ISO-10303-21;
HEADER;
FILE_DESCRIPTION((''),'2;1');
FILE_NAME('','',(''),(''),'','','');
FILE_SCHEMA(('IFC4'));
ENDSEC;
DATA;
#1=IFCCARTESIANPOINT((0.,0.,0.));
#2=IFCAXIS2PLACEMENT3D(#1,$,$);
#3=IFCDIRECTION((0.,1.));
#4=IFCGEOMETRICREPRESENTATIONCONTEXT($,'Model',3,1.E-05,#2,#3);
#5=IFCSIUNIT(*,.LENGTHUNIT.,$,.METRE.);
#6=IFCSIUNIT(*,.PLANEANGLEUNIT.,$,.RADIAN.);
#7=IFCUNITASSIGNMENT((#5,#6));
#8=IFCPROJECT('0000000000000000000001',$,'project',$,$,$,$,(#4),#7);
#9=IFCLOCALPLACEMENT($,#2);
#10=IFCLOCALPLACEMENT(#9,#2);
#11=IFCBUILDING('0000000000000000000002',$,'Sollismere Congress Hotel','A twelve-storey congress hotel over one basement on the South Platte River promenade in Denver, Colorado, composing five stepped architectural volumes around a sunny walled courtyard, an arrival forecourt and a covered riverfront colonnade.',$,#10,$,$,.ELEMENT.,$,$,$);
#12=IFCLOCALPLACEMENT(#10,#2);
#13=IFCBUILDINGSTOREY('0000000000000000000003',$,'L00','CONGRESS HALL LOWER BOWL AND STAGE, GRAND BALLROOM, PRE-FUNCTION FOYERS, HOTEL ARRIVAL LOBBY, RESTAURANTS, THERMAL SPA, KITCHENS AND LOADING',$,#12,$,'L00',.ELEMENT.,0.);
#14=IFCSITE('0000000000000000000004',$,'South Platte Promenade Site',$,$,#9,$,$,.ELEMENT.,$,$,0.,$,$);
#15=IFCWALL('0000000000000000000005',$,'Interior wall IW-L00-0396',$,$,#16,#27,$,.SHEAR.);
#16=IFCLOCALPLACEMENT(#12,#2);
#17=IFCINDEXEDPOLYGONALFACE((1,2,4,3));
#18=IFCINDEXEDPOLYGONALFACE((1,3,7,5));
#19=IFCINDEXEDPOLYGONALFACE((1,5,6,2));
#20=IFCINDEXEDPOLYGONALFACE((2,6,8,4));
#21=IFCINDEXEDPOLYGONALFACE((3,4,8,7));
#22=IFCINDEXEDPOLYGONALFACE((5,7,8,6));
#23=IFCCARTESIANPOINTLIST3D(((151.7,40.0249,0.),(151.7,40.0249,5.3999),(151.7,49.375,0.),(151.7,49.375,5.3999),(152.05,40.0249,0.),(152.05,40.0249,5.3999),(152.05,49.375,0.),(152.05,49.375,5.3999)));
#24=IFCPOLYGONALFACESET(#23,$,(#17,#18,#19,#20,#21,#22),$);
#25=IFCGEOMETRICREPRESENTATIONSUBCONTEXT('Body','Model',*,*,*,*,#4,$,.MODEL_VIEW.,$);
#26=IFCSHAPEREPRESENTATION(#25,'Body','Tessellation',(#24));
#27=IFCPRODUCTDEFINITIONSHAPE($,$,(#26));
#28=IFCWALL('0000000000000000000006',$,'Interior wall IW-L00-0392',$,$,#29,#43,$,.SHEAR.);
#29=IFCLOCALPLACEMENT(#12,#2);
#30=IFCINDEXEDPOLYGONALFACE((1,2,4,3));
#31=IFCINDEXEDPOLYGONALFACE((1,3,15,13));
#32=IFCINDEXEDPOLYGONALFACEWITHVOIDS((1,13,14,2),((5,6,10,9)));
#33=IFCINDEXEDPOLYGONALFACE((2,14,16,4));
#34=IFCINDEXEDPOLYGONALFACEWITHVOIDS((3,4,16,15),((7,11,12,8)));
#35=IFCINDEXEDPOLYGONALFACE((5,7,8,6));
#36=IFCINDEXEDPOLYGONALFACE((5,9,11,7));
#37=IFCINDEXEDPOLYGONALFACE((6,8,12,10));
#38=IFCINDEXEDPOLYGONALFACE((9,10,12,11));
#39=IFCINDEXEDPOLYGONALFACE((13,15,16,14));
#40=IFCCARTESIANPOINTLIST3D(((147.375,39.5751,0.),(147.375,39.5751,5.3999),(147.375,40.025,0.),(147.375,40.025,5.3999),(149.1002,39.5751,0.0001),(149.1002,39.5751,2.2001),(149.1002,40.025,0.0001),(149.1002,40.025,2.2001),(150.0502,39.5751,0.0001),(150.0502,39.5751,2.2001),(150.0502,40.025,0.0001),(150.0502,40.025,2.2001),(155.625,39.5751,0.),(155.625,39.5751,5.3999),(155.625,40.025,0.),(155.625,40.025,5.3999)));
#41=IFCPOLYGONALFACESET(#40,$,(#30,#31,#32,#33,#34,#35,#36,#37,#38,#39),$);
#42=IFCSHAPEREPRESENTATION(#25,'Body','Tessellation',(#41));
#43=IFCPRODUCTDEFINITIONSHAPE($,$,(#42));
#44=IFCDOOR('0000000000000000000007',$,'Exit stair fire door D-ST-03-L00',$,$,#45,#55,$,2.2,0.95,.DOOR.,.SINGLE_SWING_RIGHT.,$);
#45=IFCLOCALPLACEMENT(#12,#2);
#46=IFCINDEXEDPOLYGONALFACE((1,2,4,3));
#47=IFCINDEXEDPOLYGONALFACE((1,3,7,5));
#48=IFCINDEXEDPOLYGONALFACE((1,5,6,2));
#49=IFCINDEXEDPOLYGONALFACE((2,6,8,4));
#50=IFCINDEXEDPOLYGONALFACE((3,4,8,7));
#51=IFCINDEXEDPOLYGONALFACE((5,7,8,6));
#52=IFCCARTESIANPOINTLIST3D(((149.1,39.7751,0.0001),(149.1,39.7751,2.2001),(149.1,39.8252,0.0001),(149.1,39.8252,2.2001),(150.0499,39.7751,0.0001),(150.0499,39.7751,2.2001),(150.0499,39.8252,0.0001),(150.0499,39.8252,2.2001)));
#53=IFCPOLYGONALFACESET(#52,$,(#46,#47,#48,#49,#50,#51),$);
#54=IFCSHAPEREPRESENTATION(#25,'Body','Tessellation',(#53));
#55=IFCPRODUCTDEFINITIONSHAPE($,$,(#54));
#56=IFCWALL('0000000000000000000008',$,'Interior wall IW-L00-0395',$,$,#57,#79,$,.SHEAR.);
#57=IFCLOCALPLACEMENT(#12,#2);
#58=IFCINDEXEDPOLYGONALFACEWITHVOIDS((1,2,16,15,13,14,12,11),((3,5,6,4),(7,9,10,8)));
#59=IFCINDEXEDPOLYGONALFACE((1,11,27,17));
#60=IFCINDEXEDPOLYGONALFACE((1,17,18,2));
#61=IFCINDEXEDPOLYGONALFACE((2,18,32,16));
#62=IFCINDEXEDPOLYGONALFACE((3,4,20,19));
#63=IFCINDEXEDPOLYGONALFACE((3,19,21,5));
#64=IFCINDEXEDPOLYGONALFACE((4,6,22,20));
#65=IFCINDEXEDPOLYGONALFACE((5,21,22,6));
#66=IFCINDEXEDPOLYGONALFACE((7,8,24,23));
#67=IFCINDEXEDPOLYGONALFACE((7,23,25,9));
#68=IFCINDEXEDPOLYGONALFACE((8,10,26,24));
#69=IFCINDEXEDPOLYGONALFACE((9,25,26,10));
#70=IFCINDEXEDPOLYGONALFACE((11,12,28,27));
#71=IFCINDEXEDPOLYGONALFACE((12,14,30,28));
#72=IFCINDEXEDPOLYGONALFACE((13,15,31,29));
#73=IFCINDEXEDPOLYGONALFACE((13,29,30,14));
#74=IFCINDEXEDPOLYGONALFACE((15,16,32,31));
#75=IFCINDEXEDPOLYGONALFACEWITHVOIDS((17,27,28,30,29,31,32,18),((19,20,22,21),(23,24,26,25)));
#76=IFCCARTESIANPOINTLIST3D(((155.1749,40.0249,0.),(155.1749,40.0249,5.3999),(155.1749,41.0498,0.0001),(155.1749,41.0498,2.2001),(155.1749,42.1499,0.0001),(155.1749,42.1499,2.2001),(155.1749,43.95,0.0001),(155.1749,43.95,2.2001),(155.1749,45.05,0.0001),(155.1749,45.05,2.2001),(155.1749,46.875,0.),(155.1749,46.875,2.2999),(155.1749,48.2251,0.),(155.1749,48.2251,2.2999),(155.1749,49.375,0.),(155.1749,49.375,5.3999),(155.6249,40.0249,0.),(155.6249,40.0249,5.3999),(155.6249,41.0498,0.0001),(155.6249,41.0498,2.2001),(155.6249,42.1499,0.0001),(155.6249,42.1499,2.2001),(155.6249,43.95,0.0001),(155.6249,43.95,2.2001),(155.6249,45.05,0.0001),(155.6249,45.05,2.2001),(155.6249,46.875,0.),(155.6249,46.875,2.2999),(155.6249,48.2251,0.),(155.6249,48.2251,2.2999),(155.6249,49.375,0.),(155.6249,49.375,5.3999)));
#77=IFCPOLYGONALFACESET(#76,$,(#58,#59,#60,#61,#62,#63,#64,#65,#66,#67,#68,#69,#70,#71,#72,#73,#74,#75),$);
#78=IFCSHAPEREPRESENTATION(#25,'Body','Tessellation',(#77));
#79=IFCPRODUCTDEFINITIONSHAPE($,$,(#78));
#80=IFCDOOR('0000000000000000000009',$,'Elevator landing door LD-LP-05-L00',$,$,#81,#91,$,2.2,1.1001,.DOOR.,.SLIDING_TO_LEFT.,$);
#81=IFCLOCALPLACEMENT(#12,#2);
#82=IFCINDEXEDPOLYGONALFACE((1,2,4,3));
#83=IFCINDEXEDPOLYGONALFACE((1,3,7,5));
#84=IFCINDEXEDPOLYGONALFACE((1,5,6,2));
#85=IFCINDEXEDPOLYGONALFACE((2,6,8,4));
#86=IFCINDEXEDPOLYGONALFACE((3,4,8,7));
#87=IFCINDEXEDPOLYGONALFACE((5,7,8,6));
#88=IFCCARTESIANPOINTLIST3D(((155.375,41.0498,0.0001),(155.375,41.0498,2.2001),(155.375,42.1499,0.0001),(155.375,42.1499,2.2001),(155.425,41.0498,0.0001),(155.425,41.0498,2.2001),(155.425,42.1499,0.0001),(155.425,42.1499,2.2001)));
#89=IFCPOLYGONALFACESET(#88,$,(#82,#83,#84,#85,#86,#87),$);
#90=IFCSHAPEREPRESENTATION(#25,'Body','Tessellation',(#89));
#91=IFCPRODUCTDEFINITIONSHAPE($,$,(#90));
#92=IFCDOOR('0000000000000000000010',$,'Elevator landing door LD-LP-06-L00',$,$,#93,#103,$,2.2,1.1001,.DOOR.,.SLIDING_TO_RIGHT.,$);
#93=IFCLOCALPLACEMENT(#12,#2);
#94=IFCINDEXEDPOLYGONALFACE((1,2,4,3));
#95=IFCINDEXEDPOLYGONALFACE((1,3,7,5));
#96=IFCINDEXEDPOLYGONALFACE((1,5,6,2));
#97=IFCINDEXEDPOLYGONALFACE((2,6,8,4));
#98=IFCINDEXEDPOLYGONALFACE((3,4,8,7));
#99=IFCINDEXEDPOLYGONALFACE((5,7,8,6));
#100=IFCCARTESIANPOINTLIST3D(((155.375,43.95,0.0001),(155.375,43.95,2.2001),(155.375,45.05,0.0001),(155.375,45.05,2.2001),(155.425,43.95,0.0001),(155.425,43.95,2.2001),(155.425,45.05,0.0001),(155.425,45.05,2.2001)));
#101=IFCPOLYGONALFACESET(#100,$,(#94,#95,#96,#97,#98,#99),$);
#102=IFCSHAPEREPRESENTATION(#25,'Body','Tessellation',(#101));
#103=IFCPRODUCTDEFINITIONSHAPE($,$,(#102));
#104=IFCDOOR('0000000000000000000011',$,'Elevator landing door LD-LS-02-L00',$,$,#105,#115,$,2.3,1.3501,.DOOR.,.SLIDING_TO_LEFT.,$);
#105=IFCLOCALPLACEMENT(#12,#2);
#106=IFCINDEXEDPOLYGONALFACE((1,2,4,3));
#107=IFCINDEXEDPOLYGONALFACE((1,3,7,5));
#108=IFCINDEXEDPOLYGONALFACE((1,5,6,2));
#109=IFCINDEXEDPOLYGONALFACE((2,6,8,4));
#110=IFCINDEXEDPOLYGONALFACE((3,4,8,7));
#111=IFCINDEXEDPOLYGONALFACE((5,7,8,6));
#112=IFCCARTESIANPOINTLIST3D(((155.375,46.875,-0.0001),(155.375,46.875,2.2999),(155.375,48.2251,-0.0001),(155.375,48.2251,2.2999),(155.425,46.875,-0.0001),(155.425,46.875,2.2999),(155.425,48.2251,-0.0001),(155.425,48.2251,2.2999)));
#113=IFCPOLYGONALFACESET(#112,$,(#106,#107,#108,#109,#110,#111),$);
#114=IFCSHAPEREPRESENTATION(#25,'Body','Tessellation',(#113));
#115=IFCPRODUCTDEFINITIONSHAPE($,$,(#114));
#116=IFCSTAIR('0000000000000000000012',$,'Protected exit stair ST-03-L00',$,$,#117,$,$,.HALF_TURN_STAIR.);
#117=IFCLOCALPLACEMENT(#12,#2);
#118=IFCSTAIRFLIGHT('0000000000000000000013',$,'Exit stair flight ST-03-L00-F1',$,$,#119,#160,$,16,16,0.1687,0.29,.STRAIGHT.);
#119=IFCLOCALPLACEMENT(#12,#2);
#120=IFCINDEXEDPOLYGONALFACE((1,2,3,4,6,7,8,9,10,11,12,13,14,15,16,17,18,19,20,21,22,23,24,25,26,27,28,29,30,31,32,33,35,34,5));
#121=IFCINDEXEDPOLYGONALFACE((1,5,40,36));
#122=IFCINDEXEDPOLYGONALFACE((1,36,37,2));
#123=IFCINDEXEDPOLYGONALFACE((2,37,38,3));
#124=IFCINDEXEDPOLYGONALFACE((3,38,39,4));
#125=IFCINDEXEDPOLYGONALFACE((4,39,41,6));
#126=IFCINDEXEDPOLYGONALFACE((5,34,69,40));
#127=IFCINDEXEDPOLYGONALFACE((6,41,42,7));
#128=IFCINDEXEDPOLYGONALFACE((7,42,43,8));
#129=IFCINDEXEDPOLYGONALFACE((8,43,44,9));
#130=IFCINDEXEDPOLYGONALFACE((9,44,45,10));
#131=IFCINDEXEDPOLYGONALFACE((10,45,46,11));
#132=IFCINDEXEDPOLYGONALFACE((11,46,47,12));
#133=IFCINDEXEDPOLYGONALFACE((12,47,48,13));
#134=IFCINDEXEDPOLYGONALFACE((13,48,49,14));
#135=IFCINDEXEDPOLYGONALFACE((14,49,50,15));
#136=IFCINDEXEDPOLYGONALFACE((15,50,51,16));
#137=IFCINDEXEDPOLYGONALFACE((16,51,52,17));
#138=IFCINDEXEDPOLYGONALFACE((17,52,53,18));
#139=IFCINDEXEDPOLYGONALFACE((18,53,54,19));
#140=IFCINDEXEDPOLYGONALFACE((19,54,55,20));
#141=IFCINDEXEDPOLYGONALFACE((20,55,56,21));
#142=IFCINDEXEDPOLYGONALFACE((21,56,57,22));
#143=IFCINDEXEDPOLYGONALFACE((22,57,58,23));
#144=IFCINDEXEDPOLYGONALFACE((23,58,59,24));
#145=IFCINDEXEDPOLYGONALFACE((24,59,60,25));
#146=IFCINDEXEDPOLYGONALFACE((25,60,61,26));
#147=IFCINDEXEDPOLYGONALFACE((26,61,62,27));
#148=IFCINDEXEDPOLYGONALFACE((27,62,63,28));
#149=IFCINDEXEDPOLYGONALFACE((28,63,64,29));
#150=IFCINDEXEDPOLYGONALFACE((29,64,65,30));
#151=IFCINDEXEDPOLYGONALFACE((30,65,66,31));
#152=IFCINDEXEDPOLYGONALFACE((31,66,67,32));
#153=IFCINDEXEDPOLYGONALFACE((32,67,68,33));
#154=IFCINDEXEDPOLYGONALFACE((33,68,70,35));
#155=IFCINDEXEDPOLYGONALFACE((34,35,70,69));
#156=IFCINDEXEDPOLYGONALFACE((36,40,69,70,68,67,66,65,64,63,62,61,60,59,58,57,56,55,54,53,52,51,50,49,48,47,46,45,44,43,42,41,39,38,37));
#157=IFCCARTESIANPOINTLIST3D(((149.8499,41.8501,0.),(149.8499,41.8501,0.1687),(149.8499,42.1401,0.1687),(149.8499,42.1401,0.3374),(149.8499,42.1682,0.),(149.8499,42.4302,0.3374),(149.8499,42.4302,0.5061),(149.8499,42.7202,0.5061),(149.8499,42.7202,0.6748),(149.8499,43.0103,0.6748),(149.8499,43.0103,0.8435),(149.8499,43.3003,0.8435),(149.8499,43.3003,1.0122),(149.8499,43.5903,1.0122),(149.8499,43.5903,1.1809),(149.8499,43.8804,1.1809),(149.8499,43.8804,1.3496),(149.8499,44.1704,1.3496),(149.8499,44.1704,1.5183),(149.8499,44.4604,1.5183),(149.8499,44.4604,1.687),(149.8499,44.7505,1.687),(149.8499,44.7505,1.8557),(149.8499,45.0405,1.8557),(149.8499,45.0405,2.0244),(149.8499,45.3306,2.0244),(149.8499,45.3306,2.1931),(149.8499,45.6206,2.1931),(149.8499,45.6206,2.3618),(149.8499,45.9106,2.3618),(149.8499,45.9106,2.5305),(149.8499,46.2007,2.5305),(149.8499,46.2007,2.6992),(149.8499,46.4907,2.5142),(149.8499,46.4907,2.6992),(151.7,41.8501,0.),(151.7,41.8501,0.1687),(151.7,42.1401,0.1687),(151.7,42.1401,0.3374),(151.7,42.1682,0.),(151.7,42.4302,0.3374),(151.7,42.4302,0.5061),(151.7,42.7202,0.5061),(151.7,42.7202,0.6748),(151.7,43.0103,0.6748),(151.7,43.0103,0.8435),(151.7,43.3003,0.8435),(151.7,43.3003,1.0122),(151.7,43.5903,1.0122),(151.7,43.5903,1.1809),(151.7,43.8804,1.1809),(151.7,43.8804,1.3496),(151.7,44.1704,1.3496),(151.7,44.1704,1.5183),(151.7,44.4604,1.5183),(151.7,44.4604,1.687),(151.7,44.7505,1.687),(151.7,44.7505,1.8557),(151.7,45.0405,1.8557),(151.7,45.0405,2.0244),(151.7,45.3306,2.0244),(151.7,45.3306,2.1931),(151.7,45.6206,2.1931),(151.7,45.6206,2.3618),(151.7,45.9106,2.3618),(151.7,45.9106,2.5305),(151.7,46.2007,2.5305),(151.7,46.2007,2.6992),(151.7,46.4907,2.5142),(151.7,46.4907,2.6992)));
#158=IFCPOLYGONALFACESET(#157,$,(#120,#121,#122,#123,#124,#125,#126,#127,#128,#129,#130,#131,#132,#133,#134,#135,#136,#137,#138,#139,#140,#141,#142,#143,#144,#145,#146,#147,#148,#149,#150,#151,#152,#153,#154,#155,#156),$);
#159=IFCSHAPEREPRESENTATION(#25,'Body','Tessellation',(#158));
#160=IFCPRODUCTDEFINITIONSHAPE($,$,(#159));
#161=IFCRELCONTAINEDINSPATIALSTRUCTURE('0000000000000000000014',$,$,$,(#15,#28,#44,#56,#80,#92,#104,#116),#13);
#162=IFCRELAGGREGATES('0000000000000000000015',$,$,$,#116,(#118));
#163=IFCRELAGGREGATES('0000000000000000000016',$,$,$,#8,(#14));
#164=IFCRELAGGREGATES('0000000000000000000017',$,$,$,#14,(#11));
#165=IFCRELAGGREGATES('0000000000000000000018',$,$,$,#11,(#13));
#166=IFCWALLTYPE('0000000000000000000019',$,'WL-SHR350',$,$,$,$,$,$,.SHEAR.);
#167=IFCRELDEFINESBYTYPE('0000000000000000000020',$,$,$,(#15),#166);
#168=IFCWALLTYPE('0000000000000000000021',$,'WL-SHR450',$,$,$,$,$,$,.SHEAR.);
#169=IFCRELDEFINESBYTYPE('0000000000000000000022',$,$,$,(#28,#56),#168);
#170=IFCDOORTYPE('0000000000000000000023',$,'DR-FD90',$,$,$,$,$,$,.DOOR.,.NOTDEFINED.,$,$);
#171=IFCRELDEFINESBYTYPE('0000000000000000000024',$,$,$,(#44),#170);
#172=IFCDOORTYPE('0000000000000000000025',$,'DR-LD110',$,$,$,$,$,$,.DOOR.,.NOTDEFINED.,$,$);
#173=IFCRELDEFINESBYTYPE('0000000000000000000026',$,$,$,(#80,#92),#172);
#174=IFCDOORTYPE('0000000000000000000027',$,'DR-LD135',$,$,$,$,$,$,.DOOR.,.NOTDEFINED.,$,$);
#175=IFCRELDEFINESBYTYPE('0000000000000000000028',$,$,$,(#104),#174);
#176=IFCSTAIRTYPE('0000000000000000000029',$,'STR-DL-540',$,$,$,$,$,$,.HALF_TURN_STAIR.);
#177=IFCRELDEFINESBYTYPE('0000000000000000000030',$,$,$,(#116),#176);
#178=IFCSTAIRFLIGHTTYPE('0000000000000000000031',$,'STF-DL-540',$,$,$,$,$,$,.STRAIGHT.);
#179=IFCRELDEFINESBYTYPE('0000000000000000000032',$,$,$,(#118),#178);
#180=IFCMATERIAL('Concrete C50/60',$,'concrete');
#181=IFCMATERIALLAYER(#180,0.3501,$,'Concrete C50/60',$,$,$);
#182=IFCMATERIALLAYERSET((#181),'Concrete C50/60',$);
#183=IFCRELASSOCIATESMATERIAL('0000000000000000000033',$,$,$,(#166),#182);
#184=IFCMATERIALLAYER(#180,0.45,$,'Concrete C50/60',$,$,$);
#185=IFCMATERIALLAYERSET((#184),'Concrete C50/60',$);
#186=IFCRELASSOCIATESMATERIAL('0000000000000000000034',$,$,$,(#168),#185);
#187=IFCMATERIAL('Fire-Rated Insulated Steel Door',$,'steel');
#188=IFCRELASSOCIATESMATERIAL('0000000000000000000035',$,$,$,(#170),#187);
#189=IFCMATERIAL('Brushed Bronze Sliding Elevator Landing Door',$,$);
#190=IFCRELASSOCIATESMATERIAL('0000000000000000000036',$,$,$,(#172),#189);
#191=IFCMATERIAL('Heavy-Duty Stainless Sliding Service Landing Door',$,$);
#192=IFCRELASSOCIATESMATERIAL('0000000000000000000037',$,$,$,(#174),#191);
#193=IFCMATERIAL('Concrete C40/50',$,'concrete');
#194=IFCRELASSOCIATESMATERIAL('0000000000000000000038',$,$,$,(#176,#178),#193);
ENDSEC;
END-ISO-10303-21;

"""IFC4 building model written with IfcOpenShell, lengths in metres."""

from ifc_helpers import new_model, si_unit, direction, frame, frame_2d, origin, place, context, subcontext, project, spatial, polyline, rectangle, outline, extrude, material, layer, layer_set, type_object, element, fill, aggregate, save


model = new_model("IFC4")

# Units and contexts
model_context = context("Model", 3, precision=1e-05, world=origin(), true_north=direction((0.0, 1.0)))
body_context = subcontext(model_context, "Body", "Model", "MODEL_VIEW")
ifc_project = project(units=[si_unit("LENGTHUNIT", "METRE"), si_unit("PLANEANGLEUNIT", "RADIAN")], contexts=[model_context])

# Site, building, storey
site_placement = place(None, origin())
site = spatial("IfcSite", under=ifc_project, at=site_placement, Name="South Platte Promenade Site", CompositionType="ELEMENT", RefElevation=0.0)
building_placement = place(site_placement, origin())
building = spatial("IfcBuilding", under=site, at=building_placement, Name="Sollismere Congress Hotel", Description="A twelve-storey congress hotel over one basement on the South Platte River promenade in Denver, Colorado, composing five stepped architectural volumes around a sunny walled courtyard, an arrival forecourt and a covered riverfront colonnade.", CompositionType="ELEMENT")
storey_placement = place(building_placement, origin())
storey = spatial("IfcBuildingStorey", under=building, at=storey_placement, Name="L00", Description="CONGRESS HALL LOWER BOWL AND STAGE, GRAND BALLROOM, PRE-FUNCTION FOYERS, HOTEL ARRIVAL LOBBY, RESTAURANTS, THERMAL SPA, KITCHENS AND LOADING", LongName="L00", CompositionType="ELEMENT", Elevation=0.0)

# Wall
ifc_material_1 = material(Name="Concrete C50/60", Category="concrete")
ifc_layer_1 = layer(ifc_material_1, 0.3501, Name="Concrete C50/60")
ifc_layer_set_1 = layer_set([ifc_layer_1], Name="Concrete C50/60")
wall_type_1 = type_object("IfcWallType", Name="WL-SHR350", PredefinedType="SHEAR", material=ifc_layer_set_1)
wall_1_placement = place(storey_placement, frame((151.875, 40.0249, 0.0), z_axis=(0.0, 0.0, 1.0), x_axis=(0.0, 1.0, 0.0)))
element("IfcWall", 1, at=wall_1_placement, inside=storey, type_object=wall_type_1, Name="Interior wall IW-L00-0396", PredefinedType="SHEAR", context=body_context, shape_type="SweptSolid", body=[
    extrude(rectangle(XDim=9.3501, YDim=0.3501, at=frame_2d((4.675, 0.0))), origin(), (0.0, 0.0, 1.0), 5.3999),
])

# Wall, opening, door
ifc_layer_2 = layer(ifc_material_1, 0.45, Name="Concrete C50/60")
ifc_layer_set_2 = layer_set([ifc_layer_2], Name="Concrete C50/60")
wall_type_2 = type_object("IfcWallType", Name="WL-SHR450", PredefinedType="SHEAR", material=ifc_layer_set_2)
wall_2_placement = place(storey_placement, frame((147.375, 39.8, 0.0), z_axis=(0.0, 0.0, 1.0), x_axis=(1.0, 0.0, 0.0)))
wall_2 = element("IfcWall", 2, at=wall_2_placement, inside=storey, type_object=wall_type_2, Name="Interior wall IW-L00-0392", PredefinedType="SHEAR", context=body_context, shape_type="SweptSolid", body=[
    extrude(rectangle(XDim=8.25, YDim=0.45, at=frame_2d((4.125, 0.0))), origin(), (0.0, 0.0, 1.0), 5.3999),
])
opening_1_placement = place(wall_2_placement, frame((1.7251, 0.0, 0.0)))
opening_1 = element("IfcOpeningElement", 3, at=opening_1_placement, cuts=wall_2, PredefinedType="OPENING", context=body_context, shape_type="SweptSolid", body=[
    extrude(rectangle(XDim=0.95, YDim=2.2, at=frame_2d((0.4751, 1.1001))), frame((0.0, 0.2349, 0.0), z_axis=(0.0, -1.0, 0.0), x_axis=(1.0, 0.0, 0.0)), (0.0, 0.0, 1.0), 0.47),
])
ifc_material_2 = material(Name="Fire-Rated Insulated Steel Door", Category="steel")
door_type_1 = type_object("IfcDoorType", Name="DR-FD90", OperationType="NOTDEFINED", PredefinedType="DOOR", material=ifc_material_2)
door_1_placement = place(opening_1_placement, frame((0.95, 0.0, 0.0), z_axis=(0.0, 0.0, 1.0), x_axis=(-1.0, 0.0, 0.0)))
door_1 = element("IfcDoor", 4, at=door_1_placement, inside=storey, type_object=door_type_1, Name="Exit stair fire door D-ST-03-L00", OperationType="SINGLE_SWING_RIGHT", OverallHeight=2.2, OverallWidth=0.95, PredefinedType="DOOR", context=body_context, shape_type="SweptSolid", body=[
    extrude(rectangle(XDim=0.95, YDim=2.2, at=frame_2d((0.4751, 1.1001))), frame((0.0, 0.0249, 0.0), z_axis=(0.0, -1.0, 0.0), x_axis=(1.0, 0.0, 0.0)), (0.0, 0.0, 1.0), 0.05),
])
fill(opening_1, door_1)

# Wall, openings, doors
wall_3_placement = place(storey_placement, frame((155.3999, 40.0249, 0.0), z_axis=(0.0, 0.0, 1.0), x_axis=(0.0, 1.0, 0.0)))
wall_3 = element("IfcWall", 5, at=wall_3_placement, inside=storey, type_object=wall_type_2, Name="Interior wall IW-L00-0395", PredefinedType="SHEAR", context=body_context, shape_type="SweptSolid", body=[
    extrude(rectangle(XDim=9.3501, YDim=0.45, at=frame_2d((4.675, 0.0))), origin(), (0.0, 0.0, 1.0), 5.3999),
])
opening_2_placement = place(wall_3_placement, frame((1.0249, 0.0, 0.0)))
opening_2 = element("IfcOpeningElement", 6, at=opening_2_placement, cuts=wall_3, PredefinedType="OPENING", context=body_context, shape_type="SweptSolid", body=[
    extrude(rectangle(XDim=1.1001, YDim=2.2, at=frame_2d((0.55, 1.1001))), frame((0.0, 0.2349, 0.0), z_axis=(0.0, -1.0, 0.0), x_axis=(1.0, 0.0, 0.0)), (0.0, 0.0, 1.0), 0.47),
])
opening_3_placement = place(wall_3_placement, frame((3.925, 0.0, 0.0)))
opening_3 = element("IfcOpeningElement", 7, at=opening_3_placement, cuts=wall_3, PredefinedType="OPENING", context=body_context, shape_type="SweptSolid", body=[
    extrude(rectangle(XDim=1.1001, YDim=2.2, at=frame_2d((0.55, 1.1001))), frame((0.0, 0.2349, 0.0), z_axis=(0.0, -1.0, 0.0), x_axis=(1.0, 0.0, 0.0)), (0.0, 0.0, 1.0), 0.47),
])
opening_4_placement = place(wall_3_placement, frame((6.8501, 0.0, 0.0)))
opening_4 = element("IfcOpeningElement", 8, at=opening_4_placement, cuts=wall_3, PredefinedType="OPENING", context=body_context, shape_type="SweptSolid", body=[
    extrude(rectangle(XDim=1.3501, YDim=2.3, at=frame_2d((0.675, 1.1499))), frame((0.0, 0.2349, 0.0), z_axis=(0.0, -1.0, 0.0), x_axis=(1.0, 0.0, 0.0)), (0.0, 0.0, 1.0), 0.47),
])
ifc_material_3 = material(Name="Brushed Bronze Sliding Elevator Landing Door")
door_type_2 = type_object("IfcDoorType", Name="DR-LD110", OperationType="NOTDEFINED", PredefinedType="DOOR", material=ifc_material_3)
door_2_placement = place(opening_2_placement, origin())
door_2 = element("IfcDoor", 9, at=door_2_placement, inside=storey, type_object=door_type_2, Name="Elevator landing door LD-LP-05-L00", OperationType="SLIDING_TO_LEFT", OverallHeight=2.2, OverallWidth=1.1001, PredefinedType="DOOR", context=body_context, shape_type="SweptSolid", body=[
    extrude(rectangle(XDim=1.1001, YDim=2.2, at=frame_2d((0.55, 1.1001))), frame((0.0, 0.0249, 0.0), z_axis=(0.0, -1.0, 0.0), x_axis=(1.0, 0.0, 0.0)), (0.0, 0.0, 1.0), 0.05),
])
fill(opening_2, door_2)
door_3_placement = place(opening_3_placement, origin())
door_3 = element("IfcDoor", 10, at=door_3_placement, inside=storey, type_object=door_type_2, Name="Elevator landing door LD-LP-06-L00", OperationType="SLIDING_TO_RIGHT", OverallHeight=2.2, OverallWidth=1.1001, PredefinedType="DOOR", context=body_context, shape_type="SweptSolid", body=[
    extrude(rectangle(XDim=1.1001, YDim=2.2, at=frame_2d((0.55, 1.1001))), frame((0.0, 0.0249, 0.0), z_axis=(0.0, -1.0, 0.0), x_axis=(1.0, 0.0, 0.0)), (0.0, 0.0, 1.0), 0.05),
])
fill(opening_3, door_3)
ifc_material_4 = material(Name="Heavy-Duty Stainless Sliding Service Landing Door")
door_type_3 = type_object("IfcDoorType", Name="DR-LD135", OperationType="NOTDEFINED", PredefinedType="DOOR", material=ifc_material_4)
door_4_placement = place(opening_4_placement, origin())
door_4 = element("IfcDoor", 11, at=door_4_placement, inside=storey, type_object=door_type_3, Name="Elevator landing door LD-LS-02-L00", OperationType="SLIDING_TO_LEFT", OverallHeight=2.3, OverallWidth=1.3501, PredefinedType="DOOR", context=body_context, shape_type="SweptSolid", body=[
    extrude(rectangle(XDim=1.3501, YDim=2.3, at=frame_2d((0.675, 1.1499))), frame((0.0, 0.0249, 0.0), z_axis=(0.0, -1.0, 0.0), x_axis=(1.0, 0.0, 0.0)), (0.0, 0.0, 1.0), 0.05),
])
fill(opening_4, door_4)

# Stair, stair flight
ifc_material_5 = material(Name="Concrete C40/50", Category="concrete")
stair_type = type_object("IfcStairType", Name="STR-DL-540", PredefinedType="HALF_TURN_STAIR", material=ifc_material_5)
stair_placement = place(storey_placement, origin())
stair = element("IfcStair", 12, at=stair_placement, inside=storey, type_object=stair_type, Name="Protected exit stair ST-03-L00", PredefinedType="HALF_TURN_STAIR")
stair_flight_type = type_object("IfcStairFlightType", Name="STF-DL-540", PredefinedType="STRAIGHT", material=ifc_material_5)
stair_flight_placement = place(storey_placement, frame((150.7749, 41.8501, 0.0), z_axis=(0.0, 0.0, 1.0), x_axis=(0.0, 1.0, 0.0)))
stair_flight = element("IfcStairFlight", 13, at=stair_flight_placement, type_object=stair_flight_type, Name="Exit stair flight ST-03-L00-F1", NumberOfRisers=16, NumberOfTreads=16, PredefinedType="STRAIGHT", RiserHeight=0.1687, TreadLength=0.29, context=body_context, shape_type="SweptSolid", body=[
    extrude(outline(polyline([(0.0, 0.0), (0.0, 0.1687), (0.29, 0.1687), (0.29, 0.3374), (0.5801, 0.3374), (0.5801, 0.5061), (0.8701, 0.5061), (0.8701, 0.6748), (1.1602, 0.6748), (1.1602, 0.8435), (1.4502, 0.8435), (1.4502, 1.0122), (1.7402, 1.0122), (1.7402, 1.1809), (2.0303, 1.1809), (2.0303, 1.3496), (2.3203, 1.3496), (2.3203, 1.5183), (2.6104, 1.5183), (2.6104, 1.687), (2.9004, 1.687), (2.9004, 1.8557), (3.1904, 1.8557), (3.1904, 2.0244), (3.4805, 2.0244), (3.4805, 2.1931), (3.7705, 2.1931), (3.7705, 2.3618), (4.0605, 2.3618), (4.0605, 2.5305), (4.3506, 2.5305), (4.3506, 2.6992), (4.6406, 2.6992), (4.6406, 2.5142), (0.3181, 0.0), (0.0, 0.0)])), frame((0.0, 0.925, 0.0), z_axis=(0.0, -1.0, 0.0), x_axis=(1.0, 0.0, 0.0)), (0.0, 0.0, 1.0), 1.8501),
])
aggregate(stair, [stair_flight])

save(model, "model.ifc")
